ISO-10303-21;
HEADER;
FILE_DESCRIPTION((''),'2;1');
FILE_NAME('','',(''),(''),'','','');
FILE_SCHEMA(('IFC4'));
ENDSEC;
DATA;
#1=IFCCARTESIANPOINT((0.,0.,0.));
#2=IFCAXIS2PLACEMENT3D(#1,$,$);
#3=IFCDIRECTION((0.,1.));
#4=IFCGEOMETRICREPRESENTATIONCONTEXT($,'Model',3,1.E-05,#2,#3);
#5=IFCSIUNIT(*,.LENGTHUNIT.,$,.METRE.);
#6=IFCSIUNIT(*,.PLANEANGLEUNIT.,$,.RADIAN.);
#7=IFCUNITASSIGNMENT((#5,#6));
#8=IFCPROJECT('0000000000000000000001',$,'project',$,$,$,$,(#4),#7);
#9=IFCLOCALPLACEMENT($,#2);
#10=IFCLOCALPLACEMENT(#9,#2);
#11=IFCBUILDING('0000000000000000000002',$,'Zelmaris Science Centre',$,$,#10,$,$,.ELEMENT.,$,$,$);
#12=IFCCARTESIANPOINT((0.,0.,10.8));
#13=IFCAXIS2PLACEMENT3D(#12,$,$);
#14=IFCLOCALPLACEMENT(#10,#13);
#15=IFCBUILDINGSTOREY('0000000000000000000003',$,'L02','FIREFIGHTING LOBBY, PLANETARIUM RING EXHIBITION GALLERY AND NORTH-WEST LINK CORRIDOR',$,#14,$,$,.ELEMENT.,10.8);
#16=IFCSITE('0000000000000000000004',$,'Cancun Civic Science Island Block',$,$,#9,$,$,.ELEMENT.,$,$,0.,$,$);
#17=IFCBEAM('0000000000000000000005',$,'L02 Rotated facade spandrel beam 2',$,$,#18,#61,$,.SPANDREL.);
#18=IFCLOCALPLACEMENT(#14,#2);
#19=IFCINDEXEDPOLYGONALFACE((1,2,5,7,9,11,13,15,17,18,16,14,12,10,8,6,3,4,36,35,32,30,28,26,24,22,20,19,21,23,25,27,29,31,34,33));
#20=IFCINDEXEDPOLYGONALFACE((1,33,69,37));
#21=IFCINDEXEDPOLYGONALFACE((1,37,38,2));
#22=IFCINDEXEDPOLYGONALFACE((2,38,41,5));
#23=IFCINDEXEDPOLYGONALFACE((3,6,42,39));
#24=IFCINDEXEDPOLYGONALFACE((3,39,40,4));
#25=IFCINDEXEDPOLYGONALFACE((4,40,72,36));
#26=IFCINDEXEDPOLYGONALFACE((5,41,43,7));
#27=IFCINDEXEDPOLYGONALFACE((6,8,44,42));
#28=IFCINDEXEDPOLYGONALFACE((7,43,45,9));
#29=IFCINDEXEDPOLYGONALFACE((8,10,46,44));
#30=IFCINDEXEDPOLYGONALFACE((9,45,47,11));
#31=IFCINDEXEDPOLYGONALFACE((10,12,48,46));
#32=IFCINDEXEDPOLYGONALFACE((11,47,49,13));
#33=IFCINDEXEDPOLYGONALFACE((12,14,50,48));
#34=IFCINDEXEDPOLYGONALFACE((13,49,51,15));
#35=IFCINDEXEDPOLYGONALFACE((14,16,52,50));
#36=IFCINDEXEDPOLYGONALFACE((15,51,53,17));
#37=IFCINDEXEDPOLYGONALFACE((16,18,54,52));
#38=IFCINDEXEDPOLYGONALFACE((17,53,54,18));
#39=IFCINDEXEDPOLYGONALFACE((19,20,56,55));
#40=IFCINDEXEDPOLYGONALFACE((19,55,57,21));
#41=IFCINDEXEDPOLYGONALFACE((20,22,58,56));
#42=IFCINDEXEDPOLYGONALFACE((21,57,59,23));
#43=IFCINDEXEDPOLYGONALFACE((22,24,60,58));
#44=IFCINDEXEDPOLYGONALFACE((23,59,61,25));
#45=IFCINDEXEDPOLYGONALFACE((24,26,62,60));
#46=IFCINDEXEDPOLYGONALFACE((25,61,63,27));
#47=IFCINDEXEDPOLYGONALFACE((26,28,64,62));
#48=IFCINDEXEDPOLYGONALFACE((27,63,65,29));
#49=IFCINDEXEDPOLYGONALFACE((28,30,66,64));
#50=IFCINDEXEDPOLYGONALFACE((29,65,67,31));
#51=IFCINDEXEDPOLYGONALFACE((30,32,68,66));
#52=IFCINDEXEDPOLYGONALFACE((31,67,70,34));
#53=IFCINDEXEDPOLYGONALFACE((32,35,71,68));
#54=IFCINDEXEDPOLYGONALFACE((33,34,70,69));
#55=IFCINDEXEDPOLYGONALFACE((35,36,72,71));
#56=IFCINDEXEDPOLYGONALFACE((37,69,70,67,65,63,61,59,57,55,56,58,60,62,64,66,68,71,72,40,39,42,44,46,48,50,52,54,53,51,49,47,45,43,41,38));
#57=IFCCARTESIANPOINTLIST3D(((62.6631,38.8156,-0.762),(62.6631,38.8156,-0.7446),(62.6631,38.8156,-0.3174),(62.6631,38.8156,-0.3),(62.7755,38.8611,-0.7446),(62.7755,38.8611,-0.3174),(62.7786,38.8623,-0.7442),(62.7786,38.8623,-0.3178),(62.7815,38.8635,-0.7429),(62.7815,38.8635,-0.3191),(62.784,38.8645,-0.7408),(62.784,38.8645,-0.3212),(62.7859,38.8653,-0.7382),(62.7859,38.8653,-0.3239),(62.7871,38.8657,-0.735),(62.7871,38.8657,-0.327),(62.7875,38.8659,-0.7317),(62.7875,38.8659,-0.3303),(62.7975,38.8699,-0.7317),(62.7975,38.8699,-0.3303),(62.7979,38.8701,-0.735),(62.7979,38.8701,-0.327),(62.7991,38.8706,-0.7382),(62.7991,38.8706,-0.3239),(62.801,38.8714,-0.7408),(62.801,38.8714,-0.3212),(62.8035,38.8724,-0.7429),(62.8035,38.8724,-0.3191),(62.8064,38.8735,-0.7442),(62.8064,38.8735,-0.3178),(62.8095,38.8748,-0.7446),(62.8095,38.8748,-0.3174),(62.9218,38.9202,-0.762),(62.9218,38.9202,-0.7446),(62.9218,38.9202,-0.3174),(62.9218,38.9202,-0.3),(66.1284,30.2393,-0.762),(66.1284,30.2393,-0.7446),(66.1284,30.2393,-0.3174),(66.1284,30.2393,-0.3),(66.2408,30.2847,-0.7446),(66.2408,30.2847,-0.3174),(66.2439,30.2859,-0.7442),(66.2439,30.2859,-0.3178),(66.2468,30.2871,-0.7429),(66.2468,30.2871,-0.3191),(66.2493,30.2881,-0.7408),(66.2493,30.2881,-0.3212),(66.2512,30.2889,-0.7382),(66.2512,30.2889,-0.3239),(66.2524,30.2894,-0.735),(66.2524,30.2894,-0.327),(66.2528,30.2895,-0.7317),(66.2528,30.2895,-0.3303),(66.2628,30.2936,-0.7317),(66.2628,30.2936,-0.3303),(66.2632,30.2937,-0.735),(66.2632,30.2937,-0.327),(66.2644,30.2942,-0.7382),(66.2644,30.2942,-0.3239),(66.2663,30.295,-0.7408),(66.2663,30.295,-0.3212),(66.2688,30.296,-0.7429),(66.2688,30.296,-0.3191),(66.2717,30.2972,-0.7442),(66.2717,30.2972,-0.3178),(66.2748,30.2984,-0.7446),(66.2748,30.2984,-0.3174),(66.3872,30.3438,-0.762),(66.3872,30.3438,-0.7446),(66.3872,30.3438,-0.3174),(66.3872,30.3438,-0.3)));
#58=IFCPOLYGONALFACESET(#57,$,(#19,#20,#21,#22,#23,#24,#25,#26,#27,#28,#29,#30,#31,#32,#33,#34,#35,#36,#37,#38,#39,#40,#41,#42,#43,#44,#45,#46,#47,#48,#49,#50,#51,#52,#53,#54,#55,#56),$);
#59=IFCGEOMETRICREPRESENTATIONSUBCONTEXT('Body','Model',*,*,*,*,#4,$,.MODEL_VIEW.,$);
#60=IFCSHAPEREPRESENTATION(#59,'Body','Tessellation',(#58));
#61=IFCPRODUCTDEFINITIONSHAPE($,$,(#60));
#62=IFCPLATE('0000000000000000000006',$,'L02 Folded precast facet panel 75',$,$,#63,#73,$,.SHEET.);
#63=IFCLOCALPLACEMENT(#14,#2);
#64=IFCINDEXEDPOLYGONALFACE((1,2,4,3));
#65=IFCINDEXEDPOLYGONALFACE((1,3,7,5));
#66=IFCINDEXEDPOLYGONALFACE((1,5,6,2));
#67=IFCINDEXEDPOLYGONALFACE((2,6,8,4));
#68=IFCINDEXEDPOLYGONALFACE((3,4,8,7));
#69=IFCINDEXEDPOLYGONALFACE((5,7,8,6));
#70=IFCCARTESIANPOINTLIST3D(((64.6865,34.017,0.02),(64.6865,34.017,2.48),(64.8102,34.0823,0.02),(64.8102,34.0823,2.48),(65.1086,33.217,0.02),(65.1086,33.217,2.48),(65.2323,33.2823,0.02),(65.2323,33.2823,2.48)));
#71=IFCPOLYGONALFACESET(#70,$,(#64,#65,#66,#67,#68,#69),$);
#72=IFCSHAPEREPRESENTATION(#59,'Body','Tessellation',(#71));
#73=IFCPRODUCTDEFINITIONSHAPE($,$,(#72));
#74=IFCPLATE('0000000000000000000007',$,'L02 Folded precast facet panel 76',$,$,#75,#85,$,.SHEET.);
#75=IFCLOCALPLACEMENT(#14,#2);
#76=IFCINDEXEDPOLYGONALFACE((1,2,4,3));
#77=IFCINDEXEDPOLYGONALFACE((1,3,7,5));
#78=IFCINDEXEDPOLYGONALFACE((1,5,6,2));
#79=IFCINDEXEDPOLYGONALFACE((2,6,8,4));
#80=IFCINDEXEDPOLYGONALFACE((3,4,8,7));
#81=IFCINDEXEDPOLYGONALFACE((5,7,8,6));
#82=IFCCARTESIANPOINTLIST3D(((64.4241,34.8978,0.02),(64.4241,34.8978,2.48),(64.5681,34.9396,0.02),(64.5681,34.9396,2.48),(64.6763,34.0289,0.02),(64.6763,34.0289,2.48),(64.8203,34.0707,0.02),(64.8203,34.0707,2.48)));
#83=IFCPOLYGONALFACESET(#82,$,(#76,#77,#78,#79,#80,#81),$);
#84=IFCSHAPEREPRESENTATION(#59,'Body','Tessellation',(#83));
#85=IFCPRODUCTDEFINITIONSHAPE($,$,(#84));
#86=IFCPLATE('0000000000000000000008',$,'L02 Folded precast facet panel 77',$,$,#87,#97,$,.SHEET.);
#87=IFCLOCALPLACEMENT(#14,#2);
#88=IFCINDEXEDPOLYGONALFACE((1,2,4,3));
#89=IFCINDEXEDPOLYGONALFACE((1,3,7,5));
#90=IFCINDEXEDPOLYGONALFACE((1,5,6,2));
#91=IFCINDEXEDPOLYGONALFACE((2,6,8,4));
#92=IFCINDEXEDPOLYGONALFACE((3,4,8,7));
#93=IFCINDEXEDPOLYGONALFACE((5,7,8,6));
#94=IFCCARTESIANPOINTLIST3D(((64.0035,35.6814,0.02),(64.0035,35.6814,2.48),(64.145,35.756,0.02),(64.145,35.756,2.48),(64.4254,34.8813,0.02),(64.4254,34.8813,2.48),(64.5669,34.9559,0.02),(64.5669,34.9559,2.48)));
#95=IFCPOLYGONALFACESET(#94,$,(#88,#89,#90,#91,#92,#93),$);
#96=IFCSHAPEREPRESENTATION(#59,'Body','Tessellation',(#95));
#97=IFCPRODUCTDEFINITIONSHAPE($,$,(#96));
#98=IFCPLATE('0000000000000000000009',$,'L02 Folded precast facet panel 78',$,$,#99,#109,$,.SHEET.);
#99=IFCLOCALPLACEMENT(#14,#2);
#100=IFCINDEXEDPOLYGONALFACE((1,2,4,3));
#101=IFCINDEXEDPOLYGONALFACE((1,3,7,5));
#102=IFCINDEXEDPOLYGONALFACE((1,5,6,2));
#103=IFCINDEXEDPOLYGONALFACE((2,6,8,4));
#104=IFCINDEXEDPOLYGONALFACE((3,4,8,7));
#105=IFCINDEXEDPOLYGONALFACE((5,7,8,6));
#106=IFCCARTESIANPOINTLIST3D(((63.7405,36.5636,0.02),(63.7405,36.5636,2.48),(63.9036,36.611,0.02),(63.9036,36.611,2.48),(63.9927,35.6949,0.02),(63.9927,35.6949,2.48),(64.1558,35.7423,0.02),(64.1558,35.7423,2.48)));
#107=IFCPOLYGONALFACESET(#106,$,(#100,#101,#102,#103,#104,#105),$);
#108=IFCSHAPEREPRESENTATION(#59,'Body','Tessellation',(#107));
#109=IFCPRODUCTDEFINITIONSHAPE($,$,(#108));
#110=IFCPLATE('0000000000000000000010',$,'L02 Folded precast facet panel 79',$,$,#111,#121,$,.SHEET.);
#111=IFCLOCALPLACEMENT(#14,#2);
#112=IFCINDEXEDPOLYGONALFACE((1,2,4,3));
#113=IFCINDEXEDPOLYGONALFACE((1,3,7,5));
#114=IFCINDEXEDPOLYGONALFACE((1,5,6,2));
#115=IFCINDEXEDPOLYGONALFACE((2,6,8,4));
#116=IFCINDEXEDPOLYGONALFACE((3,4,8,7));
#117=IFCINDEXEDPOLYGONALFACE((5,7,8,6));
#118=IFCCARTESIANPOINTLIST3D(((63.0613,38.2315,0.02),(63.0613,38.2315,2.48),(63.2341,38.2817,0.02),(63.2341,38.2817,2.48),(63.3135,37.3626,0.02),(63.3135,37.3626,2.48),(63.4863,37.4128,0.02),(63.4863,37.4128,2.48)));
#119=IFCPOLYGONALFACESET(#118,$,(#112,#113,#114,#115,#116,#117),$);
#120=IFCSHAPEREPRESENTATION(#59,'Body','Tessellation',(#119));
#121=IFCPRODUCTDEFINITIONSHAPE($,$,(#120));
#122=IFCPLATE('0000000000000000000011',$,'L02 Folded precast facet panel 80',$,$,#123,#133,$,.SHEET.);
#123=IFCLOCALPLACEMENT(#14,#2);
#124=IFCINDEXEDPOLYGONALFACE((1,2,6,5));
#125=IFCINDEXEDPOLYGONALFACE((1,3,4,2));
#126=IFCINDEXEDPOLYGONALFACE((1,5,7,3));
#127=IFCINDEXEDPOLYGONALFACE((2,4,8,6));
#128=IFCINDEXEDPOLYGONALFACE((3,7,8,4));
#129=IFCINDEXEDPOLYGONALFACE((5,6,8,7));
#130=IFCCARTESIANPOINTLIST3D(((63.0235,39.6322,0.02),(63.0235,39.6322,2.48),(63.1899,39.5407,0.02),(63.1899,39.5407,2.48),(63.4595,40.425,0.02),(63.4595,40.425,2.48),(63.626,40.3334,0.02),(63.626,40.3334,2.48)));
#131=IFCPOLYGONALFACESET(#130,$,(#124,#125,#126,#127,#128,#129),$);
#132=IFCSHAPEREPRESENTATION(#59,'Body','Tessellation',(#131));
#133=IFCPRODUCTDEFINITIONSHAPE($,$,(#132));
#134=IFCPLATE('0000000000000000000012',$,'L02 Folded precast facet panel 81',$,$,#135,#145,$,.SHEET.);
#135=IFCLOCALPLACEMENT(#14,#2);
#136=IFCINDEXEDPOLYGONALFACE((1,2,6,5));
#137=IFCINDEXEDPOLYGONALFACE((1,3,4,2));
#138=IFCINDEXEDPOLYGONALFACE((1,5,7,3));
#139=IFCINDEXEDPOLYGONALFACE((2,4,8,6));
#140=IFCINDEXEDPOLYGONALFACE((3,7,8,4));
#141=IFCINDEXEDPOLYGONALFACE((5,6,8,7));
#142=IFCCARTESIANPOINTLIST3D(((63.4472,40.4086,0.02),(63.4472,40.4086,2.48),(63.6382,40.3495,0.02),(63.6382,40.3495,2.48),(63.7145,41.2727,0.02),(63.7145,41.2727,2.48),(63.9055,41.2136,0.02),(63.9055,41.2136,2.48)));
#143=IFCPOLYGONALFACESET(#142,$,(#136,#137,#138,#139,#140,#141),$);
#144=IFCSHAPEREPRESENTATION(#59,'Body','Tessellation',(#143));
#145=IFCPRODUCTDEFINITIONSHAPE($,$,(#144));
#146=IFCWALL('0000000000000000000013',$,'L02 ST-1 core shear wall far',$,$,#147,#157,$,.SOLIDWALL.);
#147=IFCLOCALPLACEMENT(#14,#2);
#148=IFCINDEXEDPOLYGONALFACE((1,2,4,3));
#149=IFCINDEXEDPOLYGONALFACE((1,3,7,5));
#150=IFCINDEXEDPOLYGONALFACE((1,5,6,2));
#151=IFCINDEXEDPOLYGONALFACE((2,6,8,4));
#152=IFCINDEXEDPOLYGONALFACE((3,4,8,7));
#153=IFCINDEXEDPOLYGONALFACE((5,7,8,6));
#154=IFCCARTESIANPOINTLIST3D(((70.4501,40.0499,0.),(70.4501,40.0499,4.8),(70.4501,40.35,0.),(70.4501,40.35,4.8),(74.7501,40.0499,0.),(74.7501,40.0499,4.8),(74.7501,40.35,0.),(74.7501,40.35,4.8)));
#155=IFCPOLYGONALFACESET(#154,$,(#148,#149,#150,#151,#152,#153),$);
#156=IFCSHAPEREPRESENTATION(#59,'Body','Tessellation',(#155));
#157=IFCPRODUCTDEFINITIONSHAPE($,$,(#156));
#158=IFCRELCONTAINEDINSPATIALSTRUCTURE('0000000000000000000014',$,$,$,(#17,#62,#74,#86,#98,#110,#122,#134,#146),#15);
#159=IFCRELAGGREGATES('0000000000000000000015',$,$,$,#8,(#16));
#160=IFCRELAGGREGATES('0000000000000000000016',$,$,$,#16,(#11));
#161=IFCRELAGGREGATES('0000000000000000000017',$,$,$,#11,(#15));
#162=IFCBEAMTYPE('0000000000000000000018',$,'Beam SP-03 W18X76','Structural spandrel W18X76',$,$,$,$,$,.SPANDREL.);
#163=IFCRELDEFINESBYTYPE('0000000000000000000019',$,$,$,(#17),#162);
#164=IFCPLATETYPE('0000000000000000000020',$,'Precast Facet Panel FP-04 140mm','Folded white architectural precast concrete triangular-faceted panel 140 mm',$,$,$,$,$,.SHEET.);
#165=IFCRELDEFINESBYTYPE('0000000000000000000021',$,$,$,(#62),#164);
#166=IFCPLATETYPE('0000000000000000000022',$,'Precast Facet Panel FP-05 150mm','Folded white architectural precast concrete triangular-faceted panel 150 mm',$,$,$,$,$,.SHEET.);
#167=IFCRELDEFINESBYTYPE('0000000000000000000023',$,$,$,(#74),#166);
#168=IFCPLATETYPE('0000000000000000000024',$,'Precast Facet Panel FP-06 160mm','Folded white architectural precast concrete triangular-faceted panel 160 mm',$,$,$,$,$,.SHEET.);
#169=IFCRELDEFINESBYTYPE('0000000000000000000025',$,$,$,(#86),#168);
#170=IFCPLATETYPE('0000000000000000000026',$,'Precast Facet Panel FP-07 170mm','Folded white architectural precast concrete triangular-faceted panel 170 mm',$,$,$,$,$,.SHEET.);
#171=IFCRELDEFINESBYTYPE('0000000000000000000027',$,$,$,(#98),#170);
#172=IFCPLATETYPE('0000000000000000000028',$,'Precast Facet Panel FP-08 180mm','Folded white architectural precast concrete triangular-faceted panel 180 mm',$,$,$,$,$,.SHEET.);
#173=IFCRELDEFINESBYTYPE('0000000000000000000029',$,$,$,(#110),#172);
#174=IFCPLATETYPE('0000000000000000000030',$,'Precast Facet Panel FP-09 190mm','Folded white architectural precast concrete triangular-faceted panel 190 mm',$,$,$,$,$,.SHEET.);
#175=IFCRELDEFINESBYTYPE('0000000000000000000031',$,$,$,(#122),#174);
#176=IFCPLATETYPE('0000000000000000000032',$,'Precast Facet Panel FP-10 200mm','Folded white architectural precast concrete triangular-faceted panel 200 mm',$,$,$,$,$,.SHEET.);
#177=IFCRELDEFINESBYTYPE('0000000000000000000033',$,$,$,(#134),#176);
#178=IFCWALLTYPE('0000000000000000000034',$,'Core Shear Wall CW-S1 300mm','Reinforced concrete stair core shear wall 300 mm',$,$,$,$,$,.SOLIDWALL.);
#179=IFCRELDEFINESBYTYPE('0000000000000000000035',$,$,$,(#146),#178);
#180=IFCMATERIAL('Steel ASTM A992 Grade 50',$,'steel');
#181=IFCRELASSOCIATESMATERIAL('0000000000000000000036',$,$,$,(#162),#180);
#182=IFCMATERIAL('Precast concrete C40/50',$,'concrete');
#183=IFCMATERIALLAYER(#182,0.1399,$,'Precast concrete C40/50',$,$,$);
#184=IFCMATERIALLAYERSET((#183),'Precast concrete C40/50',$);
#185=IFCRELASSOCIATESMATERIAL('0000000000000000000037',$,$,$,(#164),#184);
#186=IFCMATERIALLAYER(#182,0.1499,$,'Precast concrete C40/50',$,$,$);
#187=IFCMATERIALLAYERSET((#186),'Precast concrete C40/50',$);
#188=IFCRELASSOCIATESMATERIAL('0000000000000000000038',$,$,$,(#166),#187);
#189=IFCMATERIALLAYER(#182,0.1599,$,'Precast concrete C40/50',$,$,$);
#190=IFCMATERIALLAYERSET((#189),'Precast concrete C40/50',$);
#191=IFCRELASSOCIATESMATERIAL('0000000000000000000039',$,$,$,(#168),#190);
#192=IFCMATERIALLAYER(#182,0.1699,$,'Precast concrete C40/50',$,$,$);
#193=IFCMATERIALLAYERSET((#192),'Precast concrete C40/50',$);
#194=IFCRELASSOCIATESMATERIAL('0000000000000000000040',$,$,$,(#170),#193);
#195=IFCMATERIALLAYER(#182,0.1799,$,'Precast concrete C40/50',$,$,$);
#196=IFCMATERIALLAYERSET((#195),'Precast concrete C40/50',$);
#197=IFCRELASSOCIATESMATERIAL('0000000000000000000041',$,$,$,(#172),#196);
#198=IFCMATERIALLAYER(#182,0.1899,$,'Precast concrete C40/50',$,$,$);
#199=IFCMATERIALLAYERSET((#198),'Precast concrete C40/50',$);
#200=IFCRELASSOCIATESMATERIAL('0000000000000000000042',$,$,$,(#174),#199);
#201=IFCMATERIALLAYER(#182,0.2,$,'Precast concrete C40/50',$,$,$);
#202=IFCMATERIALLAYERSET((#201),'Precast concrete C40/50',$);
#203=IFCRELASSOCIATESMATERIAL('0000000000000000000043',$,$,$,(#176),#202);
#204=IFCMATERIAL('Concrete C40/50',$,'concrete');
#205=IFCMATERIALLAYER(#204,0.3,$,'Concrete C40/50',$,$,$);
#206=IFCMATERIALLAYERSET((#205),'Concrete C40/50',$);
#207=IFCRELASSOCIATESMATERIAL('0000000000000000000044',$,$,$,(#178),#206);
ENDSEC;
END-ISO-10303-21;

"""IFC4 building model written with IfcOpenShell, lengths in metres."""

from ifc_helpers import new_model, si_unit, direction, frame, frame_2d, origin, origin_2d, place, context, subcontext, project, spatial, rectangle, i_section, extrude, material, layer, layer_set, material_profile, profile_set, type_object, element, save


model = new_model("IFC4")

# Units and contexts
model_context = context("Model", 3, precision=1e-05, world=origin(), true_north=direction((0.0, 1.0)))
body_context = subcontext(model_context, "Body", "Model", "MODEL_VIEW")
ifc_project = project(units=[si_unit("LENGTHUNIT", "METRE"), si_unit("PLANEANGLEUNIT", "RADIAN")], contexts=[model_context])

# Site, building, storey
site_placement = place(None, origin())
site = spatial("IfcSite", under=ifc_project, at=site_placement, Name="Cancun Civic Science Island Block", CompositionType="ELEMENT", RefElevation=0.0)
building_placement = place(site_placement, origin())
building = spatial("IfcBuilding", under=site, at=building_placement, Name="Zelmaris Science Centre", CompositionType="ELEMENT")
storey_placement = place(building_placement, frame((0.0, 0.0, 10.8)))
storey = spatial("IfcBuildingStorey", under=building, at=storey_placement, Name="L02", Description="FIREFIGHTING LOBBY, PLANETARIUM RING EXHIBITION GALLERY AND NORTH-WEST LINK CORRIDOR", CompositionType="ELEMENT", Elevation=10.8)

# Shared definitions
ifc_material_1 = material(Name="Steel ASTM A992 Grade 50", Category="steel")

# Beam
ifc_material_profile_1 = material_profile(ifc_material_1, i_section(OverallWidth=0.2791, OverallDepth=0.4619, WebThickness=0.0107, FlangeThickness=0.0173, FilletRadius=0.0129, at=origin_2d()), Name="W18X76")
ifc_profile_set_1 = profile_set([ifc_material_profile_1], Name="Steel ASTM A992 Grade 50")
beam_type_1 = type_object("IfcBeamType", Name="Beam SP-03 W18X76", Description="Structural spandrel W18X76", PredefinedType="SPANDREL", material=ifc_profile_set_1)
beam_1_placement = place(storey_placement, frame((62.7925, 38.8679, -0.531), z_axis=(0.374628, -0.927175, 0.0), x_axis=(0.927175, 0.374628, 0.0)))
element("IfcBeam", 1, at=beam_1_placement, inside=storey, type_object=beam_type_1, Name="L02 Rotated facade spandrel beam 2", PredefinedType="SPANDREL", context=body_context, shape_type="SweptSolid", body=[
    extrude(i_section(OverallWidth=0.2791, OverallDepth=0.4619, WebThickness=0.0107, FlangeThickness=0.0173, FilletRadius=0.0129, at=origin_2d()), origin(), (0.0, 0.0, 1.0), 9.25),
])

# Plates
ifc_material_2 = material(Name="Precast concrete C40/50", Category="concrete")
ifc_layer_1 = layer(ifc_material_2, 0.1399, Name="Precast concrete C40/50")
ifc_layer_set_1 = layer_set([ifc_layer_1], Name="Precast concrete C40/50")
plate_type_1 = type_object("IfcPlateType", Name="Precast Facet Panel FP-04 140mm", Description="Folded white architectural precast concrete triangular-faceted panel 140 mm", PredefinedType="SHEET", material=ifc_layer_set_1)
plate_1_placement = place(storey_placement, frame((65.1704, 33.2498, 0.02), z_axis=(0.0, 0.0, 1.0), x_axis=(-0.466647, 0.884444, 0.0)))
element("IfcPlate", 2, at=plate_1_placement, inside=storey, type_object=plate_type_1, Name="L02 Folded precast facet panel 75", PredefinedType="SHEET", context=body_context, shape_type="SweptSolid", body=[
    extrude(rectangle(XDim=0.9045, YDim=0.1399, at=frame_2d((0.4521, 0.0))), origin(), (0.0, 0.0, 1.0), 2.46),
])
ifc_layer_2 = layer(ifc_material_2, 0.1499, Name="Precast concrete C40/50")
ifc_layer_set_2 = layer_set([ifc_layer_2], Name="Precast concrete C40/50")
plate_type_2 = type_object("IfcPlateType", Name="Precast Facet Panel FP-05 150mm", Description="Folded white architectural precast concrete triangular-faceted panel 150 mm", PredefinedType="SHEET", material=ifc_layer_set_2)
plate_2_placement = place(storey_placement, frame((64.7483, 34.0498, 0.02), z_axis=(0.0, 0.0, 1.0), x_axis=(-0.278746, 0.960365, 0.0)))
element("IfcPlate", 3, at=plate_2_placement, inside=storey, type_object=plate_type_2, Name="L02 Folded precast facet panel 76", PredefinedType="SHEET", context=body_context, shape_type="SweptSolid", body=[
    extrude(rectangle(XDim=0.9048, YDim=0.1499, at=frame_2d((0.4524, 0.0))), origin(), (0.0, 0.0, 1.0), 2.46),
])
ifc_layer_3 = layer(ifc_material_2, 0.1599, Name="Precast concrete C40/50")
ifc_layer_set_3 = layer_set([ifc_layer_3], Name="Precast concrete C40/50")
plate_type_3 = type_object("IfcPlateType", Name="Precast Facet Panel FP-06 160mm", Description="Folded white architectural precast concrete triangular-faceted panel 160 mm", PredefinedType="SHEET", material=ifc_layer_set_3)
plate_3_placement = place(storey_placement, frame((64.4961, 34.9187, 0.02), z_axis=(0.0, 0.0, 1.0), x_axis=(-0.466436, 0.884555, 0.0)))
element("IfcPlate", 4, at=plate_3_placement, inside=storey, type_object=plate_type_3, Name="L02 Folded precast facet panel 77", PredefinedType="SHEET", context=body_context, shape_type="SweptSolid", body=[
    extrude(rectangle(XDim=0.9045, YDim=0.1599, at=frame_2d((0.4521, 0.0))), origin(), (0.0, 0.0, 1.0), 2.46),
])
ifc_layer_4 = layer(ifc_material_2, 0.1699, Name="Precast concrete C40/50")
ifc_layer_set_4 = layer_set([ifc_layer_4], Name="Precast concrete C40/50")
plate_type_4 = type_object("IfcPlateType", Name="Precast Facet Panel FP-07 170mm", Description="Folded white architectural precast concrete triangular-faceted panel 170 mm", PredefinedType="SHEET", material=ifc_layer_set_4)
plate_4_placement = place(storey_placement, frame((64.0742, 35.7188, 0.02), z_axis=(0.0, 0.0, 1.0), x_axis=(-0.278818, 0.960344, 0.0)))
element("IfcPlate", 5, at=plate_4_placement, inside=storey, type_object=plate_type_4, Name="L02 Folded precast facet panel 78", PredefinedType="SHEET", context=body_context, shape_type="SweptSolid", body=[
    extrude(rectangle(XDim=0.9045, YDim=0.1699, at=frame_2d((0.4521, 0.0))), origin(), (0.0, 0.0, 1.0), 2.46),
])
ifc_layer_5 = layer(ifc_material_2, 0.1799, Name="Precast concrete C40/50")
ifc_layer_set_5 = layer_set([ifc_layer_5], Name="Precast concrete C40/50")
plate_type_5 = type_object("IfcPlateType", Name="Precast Facet Panel FP-08 180mm", Description="Folded white architectural precast concrete triangular-faceted panel 180 mm", PredefinedType="SHEET", material=ifc_layer_set_5)
plate_5_placement = place(storey_placement, frame((63.3999, 37.3877, 0.02), z_axis=(0.0, 0.0, 1.0), x_axis=(-0.278746, 0.960365, 0.0)))
element("IfcPlate", 6, at=plate_5_placement, inside=storey, type_object=plate_type_5, Name="L02 Folded precast facet panel 79", PredefinedType="SHEET", context=body_context, shape_type="SweptSolid", body=[
    extrude(rectangle(XDim=0.9048, YDim=0.1799, at=frame_2d((0.4524, 0.0))), origin(), (0.0, 0.0, 1.0), 2.46),
])
ifc_layer_6 = layer(ifc_material_2, 0.1899, Name="Precast concrete C40/50")
ifc_layer_set_6 = layer_set([ifc_layer_6], Name="Precast concrete C40/50")
plate_type_6 = type_object("IfcPlateType", Name="Precast Facet Panel FP-09 190mm", Description="Folded white architectural precast concrete triangular-faceted panel 190 mm", PredefinedType="SHEET", material=ifc_layer_set_6)
plate_6_placement = place(storey_placement, frame((63.1067, 39.5864, 0.02), z_axis=(0.0, 0.0, 1.0), x_axis=(0.48195, 0.876199, 0.0)))
element("IfcPlate", 7, at=plate_6_placement, inside=storey, type_object=plate_type_6, Name="L02 Folded precast facet panel 80", PredefinedType="SHEET", context=body_context, shape_type="SweptSolid", body=[
    extrude(rectangle(XDim=0.9048, YDim=0.1899, at=frame_2d((0.4524, 0.0))), origin(), (0.0, 0.0, 1.0), 2.46),
])
ifc_layer_7 = layer(ifc_material_2, 0.2, Name="Precast concrete C40/50")
ifc_layer_set_7 = layer_set([ifc_layer_7], Name="Precast concrete C40/50")
plate_type_7 = type_object("IfcPlateType", Name="Precast Facet Panel FP-10 200mm", Description="Folded white architectural precast concrete triangular-faceted panel 200 mm", PredefinedType="SHEET", material=ifc_layer_set_7)
plate_7_placement = place(storey_placement, frame((63.5427, 40.3792, 0.02), z_axis=(0.0, 0.0, 1.0), x_axis=(0.295508, 0.95534, 0.0)))
element("IfcPlate", 8, at=plate_7_placement, inside=storey, type_object=plate_type_7, Name="L02 Folded precast facet panel 81", PredefinedType="SHEET", context=body_context, shape_type="SweptSolid", body=[
    extrude(rectangle(XDim=0.9045, YDim=0.2, at=frame_2d((0.4521, 0.0))), origin(), (0.0, 0.0, 1.0), 2.46),
])

# Wall
ifc_material_3 = material(Name="Concrete C40/50", Category="concrete")
ifc_layer_8 = layer(ifc_material_3, 0.3, Name="Concrete C40/50")
ifc_layer_set_8 = layer_set([ifc_layer_8], Name="Concrete C40/50")
wall_type_1 = type_object("IfcWallType", Name="Core Shear Wall CW-S1 300mm", Description="Reinforced concrete stair core shear wall 300 mm", PredefinedType="SOLIDWALL", material=ifc_layer_set_8)
wall_1_placement = place(storey_placement, frame((74.75, 40.2, 0.0), z_axis=(0.0, 0.0, 1.0), x_axis=(-1.0, 0.0, 0.0)))
element("IfcWall", 9, at=wall_1_placement, inside=storey, type_object=wall_type_1, Name="L02 ST-1 core shear wall far", PredefinedType="SOLIDWALL", context=body_context, shape_type="SweptSolid", body=[
    extrude(rectangle(XDim=4.3, YDim=0.3, at=frame_2d((2.1499, 0.0))), origin(), (0.0, 0.0, 1.0), 4.8),
])

save(model, "model.ifc")
